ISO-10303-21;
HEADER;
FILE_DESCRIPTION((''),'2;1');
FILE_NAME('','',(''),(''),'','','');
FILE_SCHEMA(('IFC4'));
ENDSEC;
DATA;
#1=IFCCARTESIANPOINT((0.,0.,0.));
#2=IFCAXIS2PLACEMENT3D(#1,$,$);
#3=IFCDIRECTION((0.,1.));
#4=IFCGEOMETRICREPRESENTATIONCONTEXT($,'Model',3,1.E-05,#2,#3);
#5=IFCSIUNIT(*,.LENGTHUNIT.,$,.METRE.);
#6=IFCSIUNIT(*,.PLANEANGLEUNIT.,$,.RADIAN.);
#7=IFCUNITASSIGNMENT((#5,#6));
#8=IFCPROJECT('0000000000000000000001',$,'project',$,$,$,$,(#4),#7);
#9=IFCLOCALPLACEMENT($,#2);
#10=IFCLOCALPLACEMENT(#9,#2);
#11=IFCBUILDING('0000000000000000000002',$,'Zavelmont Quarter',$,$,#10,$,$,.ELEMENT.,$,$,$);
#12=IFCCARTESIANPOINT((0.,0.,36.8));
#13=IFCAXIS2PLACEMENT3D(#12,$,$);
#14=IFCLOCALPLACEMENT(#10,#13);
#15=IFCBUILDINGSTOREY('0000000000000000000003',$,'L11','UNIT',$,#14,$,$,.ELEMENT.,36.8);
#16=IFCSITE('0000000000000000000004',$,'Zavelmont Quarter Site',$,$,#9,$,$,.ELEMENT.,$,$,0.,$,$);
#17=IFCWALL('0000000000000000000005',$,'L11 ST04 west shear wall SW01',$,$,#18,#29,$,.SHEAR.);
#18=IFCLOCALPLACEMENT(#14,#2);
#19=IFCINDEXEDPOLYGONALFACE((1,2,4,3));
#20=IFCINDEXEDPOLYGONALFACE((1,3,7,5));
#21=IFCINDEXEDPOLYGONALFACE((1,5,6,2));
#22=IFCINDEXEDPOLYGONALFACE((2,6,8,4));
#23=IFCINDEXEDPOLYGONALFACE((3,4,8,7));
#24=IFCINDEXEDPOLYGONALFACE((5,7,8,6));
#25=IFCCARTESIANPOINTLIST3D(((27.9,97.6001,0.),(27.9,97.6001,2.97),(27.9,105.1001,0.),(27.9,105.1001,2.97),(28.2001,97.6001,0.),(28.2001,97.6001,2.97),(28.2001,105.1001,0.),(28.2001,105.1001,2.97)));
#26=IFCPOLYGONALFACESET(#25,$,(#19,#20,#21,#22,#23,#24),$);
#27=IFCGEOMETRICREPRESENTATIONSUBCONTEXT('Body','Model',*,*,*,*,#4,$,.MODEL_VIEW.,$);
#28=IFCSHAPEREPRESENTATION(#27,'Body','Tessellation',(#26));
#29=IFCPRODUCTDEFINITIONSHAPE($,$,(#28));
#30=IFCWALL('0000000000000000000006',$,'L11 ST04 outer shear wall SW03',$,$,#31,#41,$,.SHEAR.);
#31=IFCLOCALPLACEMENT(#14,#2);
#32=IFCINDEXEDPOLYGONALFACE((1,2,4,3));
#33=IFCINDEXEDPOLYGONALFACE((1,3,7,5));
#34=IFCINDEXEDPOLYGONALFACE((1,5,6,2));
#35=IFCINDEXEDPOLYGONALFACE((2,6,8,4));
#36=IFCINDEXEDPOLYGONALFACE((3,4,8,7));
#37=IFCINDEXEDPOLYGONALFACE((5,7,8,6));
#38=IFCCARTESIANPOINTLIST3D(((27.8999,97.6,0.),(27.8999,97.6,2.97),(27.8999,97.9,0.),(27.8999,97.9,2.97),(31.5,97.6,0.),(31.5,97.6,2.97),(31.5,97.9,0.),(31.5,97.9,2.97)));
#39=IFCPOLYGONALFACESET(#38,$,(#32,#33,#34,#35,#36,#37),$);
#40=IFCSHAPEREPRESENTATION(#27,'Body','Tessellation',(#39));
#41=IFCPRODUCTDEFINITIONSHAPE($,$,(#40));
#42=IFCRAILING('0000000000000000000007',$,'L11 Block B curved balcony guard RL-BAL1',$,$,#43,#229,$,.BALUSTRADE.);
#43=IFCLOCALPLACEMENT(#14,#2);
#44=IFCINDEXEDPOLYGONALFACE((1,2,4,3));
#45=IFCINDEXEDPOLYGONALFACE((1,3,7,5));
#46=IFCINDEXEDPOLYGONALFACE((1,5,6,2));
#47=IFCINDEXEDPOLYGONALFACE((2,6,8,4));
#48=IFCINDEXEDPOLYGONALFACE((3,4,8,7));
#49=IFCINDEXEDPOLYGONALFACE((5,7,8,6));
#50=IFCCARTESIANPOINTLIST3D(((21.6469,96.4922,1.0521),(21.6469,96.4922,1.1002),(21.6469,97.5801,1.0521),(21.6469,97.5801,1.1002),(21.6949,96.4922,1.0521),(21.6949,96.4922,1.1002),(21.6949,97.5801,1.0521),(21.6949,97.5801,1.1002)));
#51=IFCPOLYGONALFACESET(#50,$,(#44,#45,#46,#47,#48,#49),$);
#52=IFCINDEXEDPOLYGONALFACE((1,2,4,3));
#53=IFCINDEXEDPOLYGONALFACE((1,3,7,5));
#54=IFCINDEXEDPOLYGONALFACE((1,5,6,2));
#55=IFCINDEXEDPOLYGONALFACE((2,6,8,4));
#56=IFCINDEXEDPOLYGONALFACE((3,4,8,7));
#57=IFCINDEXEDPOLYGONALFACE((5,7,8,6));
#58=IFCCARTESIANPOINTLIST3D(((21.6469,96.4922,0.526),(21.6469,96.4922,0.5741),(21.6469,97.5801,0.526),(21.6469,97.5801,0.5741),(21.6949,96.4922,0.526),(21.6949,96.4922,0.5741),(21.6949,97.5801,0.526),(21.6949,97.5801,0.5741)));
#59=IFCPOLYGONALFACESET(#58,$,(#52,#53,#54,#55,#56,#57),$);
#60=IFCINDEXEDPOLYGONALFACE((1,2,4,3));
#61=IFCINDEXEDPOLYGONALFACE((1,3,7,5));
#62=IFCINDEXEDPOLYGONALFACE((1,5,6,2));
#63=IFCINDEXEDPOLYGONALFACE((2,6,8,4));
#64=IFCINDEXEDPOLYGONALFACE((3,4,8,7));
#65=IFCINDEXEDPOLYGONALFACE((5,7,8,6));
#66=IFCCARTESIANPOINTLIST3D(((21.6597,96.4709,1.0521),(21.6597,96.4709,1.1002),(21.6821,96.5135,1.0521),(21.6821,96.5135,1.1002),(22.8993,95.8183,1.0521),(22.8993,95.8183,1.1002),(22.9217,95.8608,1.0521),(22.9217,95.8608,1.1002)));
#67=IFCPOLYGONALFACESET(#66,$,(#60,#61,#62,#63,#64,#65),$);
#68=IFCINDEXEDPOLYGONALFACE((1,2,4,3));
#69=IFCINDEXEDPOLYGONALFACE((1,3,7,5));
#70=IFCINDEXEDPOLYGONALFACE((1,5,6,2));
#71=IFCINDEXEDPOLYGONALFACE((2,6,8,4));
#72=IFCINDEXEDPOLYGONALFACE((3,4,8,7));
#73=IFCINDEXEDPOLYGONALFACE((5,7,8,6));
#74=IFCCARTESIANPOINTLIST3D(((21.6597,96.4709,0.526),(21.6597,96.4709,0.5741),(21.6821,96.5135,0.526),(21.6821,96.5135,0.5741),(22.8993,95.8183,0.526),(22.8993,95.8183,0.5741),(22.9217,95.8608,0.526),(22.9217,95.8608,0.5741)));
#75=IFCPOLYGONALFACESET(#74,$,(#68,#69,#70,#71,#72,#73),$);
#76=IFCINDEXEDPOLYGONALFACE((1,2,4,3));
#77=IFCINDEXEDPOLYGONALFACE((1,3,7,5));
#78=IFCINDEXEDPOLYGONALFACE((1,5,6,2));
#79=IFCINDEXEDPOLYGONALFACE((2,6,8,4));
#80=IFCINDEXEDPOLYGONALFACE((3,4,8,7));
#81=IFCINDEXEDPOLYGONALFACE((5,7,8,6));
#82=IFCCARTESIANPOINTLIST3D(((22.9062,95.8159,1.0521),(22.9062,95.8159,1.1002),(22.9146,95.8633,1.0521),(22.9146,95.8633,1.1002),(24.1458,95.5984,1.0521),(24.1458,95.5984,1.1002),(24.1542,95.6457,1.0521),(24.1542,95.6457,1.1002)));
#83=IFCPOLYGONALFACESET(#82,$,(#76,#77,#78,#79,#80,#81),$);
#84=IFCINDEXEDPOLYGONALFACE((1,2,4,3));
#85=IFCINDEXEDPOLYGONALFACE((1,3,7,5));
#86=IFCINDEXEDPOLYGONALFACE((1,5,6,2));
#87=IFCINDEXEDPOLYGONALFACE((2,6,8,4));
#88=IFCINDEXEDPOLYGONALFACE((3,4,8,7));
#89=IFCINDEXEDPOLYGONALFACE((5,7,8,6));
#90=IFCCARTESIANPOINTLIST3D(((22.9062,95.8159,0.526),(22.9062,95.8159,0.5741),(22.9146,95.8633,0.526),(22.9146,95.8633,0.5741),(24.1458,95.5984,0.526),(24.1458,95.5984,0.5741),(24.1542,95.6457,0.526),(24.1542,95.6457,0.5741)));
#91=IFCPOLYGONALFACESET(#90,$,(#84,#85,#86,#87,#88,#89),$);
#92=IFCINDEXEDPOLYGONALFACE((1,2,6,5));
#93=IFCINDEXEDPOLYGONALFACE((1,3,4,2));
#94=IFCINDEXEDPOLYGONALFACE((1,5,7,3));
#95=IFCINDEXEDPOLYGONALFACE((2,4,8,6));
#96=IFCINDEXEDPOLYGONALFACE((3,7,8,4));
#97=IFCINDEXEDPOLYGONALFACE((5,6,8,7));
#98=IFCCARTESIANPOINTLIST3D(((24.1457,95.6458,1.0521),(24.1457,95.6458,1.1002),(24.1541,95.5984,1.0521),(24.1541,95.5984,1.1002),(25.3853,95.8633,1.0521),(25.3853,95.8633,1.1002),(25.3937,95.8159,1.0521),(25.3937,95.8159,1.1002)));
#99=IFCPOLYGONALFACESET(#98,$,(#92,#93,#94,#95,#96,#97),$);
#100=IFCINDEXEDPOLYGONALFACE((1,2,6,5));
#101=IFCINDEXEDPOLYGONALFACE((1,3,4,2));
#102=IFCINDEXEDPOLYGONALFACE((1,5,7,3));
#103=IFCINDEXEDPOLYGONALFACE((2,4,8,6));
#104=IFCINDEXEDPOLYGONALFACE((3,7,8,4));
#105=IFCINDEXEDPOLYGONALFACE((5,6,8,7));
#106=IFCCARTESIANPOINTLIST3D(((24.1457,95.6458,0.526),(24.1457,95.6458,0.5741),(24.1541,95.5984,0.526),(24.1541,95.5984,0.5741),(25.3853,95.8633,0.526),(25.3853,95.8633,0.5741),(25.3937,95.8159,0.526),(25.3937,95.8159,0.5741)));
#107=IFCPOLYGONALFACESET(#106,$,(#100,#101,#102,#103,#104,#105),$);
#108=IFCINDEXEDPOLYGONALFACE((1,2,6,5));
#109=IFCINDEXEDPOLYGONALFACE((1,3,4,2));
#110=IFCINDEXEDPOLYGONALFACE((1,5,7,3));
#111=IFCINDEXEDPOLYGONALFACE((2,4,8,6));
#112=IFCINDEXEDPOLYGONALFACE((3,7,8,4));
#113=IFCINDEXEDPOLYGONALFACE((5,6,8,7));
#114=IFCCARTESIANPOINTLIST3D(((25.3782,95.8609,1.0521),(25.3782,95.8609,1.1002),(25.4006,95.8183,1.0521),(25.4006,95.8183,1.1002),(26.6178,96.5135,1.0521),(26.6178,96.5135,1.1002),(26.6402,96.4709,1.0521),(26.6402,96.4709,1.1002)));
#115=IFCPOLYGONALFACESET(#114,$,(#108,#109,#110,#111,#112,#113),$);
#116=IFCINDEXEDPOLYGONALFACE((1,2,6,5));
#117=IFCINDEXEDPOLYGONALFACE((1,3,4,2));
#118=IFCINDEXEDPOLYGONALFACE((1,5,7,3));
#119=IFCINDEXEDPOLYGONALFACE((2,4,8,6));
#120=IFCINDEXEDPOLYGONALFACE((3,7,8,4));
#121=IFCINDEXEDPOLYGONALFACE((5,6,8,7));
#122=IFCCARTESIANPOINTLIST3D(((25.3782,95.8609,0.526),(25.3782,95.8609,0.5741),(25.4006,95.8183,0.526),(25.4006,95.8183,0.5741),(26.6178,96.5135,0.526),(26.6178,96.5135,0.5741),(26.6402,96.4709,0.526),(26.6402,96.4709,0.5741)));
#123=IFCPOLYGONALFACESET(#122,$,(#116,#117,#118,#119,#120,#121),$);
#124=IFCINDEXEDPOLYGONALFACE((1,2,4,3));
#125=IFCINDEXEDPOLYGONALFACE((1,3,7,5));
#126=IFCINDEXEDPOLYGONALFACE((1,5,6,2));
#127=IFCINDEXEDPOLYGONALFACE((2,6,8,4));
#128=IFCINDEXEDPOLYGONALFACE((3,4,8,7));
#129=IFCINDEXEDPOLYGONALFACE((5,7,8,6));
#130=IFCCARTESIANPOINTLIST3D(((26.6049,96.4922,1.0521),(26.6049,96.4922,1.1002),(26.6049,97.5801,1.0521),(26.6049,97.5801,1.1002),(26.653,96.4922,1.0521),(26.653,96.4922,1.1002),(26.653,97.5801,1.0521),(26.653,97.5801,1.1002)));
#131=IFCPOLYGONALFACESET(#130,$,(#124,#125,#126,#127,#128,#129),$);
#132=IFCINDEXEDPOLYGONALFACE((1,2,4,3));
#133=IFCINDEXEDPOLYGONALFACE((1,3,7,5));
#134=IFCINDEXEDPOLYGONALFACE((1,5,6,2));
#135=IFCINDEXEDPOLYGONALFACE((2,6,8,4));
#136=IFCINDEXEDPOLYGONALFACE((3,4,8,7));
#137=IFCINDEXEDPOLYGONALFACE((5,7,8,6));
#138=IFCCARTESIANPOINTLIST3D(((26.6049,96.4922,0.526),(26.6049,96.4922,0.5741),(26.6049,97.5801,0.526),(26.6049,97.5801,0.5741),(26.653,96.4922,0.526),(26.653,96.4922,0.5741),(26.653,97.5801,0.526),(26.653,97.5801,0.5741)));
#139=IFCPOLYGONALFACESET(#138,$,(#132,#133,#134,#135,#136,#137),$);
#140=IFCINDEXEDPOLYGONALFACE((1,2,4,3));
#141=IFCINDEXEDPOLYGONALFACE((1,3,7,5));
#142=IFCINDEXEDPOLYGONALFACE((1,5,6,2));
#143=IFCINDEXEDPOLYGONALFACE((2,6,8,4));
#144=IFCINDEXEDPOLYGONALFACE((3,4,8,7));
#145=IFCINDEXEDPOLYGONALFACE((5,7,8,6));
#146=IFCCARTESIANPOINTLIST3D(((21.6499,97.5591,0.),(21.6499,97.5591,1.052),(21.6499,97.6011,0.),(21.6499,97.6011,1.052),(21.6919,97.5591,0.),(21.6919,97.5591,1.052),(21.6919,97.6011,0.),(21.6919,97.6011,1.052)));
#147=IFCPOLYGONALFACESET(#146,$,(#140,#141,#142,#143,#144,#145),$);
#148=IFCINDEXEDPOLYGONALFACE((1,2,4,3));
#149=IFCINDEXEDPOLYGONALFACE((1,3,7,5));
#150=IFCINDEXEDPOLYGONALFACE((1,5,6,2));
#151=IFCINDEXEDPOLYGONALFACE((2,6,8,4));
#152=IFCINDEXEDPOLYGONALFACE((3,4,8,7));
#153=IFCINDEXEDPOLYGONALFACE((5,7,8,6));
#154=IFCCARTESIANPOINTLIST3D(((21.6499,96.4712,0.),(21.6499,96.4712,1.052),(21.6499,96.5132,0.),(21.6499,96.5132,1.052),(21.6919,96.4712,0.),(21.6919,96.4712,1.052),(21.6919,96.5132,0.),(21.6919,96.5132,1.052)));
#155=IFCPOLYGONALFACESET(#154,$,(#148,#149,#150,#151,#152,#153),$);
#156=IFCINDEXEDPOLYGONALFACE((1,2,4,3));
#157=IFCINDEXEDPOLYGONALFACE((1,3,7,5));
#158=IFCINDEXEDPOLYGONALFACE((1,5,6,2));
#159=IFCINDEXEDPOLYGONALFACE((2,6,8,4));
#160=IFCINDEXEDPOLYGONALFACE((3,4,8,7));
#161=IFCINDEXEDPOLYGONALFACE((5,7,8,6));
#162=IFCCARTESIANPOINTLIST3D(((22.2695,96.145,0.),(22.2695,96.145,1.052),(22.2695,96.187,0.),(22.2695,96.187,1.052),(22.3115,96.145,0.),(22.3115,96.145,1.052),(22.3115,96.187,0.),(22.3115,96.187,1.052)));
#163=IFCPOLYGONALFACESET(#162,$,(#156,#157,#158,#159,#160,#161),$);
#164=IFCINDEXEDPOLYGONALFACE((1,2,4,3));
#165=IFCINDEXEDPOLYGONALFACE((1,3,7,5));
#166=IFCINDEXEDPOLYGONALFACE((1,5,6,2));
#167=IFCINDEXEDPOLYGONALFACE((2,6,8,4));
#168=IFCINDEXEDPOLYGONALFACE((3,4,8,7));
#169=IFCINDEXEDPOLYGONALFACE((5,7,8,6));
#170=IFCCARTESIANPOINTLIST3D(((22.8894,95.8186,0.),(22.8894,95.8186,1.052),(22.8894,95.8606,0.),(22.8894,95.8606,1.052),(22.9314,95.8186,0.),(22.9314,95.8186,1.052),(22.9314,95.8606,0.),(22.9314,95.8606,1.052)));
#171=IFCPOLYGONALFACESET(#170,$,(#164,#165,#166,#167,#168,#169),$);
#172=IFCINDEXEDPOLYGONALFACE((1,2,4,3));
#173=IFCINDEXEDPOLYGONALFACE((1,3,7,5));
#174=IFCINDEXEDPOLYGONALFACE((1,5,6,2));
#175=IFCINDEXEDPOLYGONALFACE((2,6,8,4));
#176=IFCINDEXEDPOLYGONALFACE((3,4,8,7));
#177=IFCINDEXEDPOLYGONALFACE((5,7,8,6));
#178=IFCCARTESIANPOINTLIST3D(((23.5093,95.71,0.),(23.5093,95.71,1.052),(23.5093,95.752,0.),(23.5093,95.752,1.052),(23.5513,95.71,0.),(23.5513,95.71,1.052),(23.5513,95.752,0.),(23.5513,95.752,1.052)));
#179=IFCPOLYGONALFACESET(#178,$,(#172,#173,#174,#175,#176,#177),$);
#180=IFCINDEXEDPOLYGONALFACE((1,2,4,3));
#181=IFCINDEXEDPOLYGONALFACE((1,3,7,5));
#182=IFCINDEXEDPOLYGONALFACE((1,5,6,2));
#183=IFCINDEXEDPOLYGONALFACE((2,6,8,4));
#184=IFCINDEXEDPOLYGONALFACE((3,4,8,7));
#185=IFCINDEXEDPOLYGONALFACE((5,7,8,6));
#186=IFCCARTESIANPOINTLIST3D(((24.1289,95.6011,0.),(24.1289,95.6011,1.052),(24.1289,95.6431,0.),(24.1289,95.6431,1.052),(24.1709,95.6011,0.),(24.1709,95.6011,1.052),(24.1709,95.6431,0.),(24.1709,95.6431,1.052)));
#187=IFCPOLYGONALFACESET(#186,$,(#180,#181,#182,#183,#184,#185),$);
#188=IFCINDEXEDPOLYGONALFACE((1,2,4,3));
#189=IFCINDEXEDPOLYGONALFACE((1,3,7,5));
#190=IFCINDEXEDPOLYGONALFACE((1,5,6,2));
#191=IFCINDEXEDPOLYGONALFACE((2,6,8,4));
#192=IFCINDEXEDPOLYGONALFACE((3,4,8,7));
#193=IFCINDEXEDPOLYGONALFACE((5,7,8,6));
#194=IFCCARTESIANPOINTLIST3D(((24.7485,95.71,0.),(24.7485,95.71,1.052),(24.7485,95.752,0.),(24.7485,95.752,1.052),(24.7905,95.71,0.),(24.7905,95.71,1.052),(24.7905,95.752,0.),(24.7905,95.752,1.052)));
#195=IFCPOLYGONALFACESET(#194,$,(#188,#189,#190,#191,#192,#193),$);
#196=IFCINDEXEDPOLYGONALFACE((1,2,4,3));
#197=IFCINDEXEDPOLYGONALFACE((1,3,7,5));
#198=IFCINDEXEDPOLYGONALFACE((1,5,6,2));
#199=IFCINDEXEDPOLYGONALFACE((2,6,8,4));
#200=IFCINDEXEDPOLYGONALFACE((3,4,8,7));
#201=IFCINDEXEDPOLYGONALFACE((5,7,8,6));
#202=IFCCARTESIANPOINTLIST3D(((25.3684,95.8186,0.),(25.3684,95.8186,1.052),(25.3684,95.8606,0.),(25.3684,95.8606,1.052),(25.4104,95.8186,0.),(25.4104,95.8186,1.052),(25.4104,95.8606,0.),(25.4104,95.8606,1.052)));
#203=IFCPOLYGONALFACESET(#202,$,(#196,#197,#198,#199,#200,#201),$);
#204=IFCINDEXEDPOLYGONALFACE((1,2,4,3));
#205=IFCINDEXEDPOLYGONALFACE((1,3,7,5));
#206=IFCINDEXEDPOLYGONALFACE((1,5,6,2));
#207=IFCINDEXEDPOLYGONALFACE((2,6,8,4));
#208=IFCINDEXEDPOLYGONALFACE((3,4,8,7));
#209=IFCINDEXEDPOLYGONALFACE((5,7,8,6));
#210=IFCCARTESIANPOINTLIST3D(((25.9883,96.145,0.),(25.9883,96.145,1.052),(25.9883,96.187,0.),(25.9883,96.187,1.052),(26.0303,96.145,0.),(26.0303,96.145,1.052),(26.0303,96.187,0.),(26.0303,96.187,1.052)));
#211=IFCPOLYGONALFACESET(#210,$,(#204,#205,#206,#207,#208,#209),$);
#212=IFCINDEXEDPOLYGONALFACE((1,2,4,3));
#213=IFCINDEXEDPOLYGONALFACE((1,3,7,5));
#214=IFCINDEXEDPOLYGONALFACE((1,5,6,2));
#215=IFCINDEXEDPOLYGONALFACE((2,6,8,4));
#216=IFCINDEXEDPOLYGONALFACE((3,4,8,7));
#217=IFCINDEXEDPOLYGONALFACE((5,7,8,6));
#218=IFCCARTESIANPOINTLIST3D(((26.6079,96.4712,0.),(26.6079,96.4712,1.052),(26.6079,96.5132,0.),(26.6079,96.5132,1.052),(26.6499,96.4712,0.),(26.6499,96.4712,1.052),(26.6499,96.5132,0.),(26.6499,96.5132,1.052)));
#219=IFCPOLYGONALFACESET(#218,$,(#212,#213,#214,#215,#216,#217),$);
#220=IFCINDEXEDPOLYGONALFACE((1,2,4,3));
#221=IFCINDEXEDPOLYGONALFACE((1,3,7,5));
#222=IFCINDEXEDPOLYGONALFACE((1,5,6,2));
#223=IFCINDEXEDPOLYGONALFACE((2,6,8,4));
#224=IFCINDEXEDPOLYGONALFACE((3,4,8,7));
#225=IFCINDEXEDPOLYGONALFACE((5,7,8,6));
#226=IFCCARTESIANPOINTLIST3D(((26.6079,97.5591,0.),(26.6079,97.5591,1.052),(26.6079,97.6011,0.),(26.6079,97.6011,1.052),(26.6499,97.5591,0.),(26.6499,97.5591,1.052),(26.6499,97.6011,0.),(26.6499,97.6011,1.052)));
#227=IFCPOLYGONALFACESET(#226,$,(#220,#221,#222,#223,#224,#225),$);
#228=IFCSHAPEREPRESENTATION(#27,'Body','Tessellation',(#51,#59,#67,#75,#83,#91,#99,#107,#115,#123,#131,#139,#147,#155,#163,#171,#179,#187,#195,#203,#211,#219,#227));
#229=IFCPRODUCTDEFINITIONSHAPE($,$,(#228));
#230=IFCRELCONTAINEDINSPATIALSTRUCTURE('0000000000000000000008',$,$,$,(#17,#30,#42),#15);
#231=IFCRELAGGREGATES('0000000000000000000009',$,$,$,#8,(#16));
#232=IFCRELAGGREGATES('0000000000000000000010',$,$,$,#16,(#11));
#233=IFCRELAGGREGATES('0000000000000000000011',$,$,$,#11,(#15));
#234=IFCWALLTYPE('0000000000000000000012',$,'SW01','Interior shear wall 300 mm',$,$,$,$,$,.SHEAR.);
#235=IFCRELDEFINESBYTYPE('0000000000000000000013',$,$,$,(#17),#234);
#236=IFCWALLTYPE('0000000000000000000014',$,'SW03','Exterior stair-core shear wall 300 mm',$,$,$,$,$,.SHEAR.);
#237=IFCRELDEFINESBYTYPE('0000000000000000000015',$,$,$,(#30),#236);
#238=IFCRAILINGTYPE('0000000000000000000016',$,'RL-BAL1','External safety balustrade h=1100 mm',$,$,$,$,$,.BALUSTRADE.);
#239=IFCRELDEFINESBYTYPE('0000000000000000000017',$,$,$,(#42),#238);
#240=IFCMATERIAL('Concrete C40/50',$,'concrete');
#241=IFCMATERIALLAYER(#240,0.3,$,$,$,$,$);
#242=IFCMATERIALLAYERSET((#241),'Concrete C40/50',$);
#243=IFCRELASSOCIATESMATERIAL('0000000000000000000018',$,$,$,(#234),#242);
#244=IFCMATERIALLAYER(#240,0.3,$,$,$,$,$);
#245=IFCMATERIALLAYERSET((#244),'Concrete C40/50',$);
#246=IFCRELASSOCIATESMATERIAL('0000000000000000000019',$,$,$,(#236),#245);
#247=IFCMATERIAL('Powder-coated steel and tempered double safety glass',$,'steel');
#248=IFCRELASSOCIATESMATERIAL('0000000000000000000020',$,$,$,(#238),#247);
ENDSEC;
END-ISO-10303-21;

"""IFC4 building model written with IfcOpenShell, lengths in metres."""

from ifc_helpers import new_model, si_unit, direction, frame, frame_2d, origin, origin_2d, place, context, subcontext, project, spatial, rectangle, extrude, material, layer, layer_set, type_object, element, save


model = new_model("IFC4")

# Units and contexts
model_context = context("Model", 3, precision=1e-05, world=origin(), true_north=direction((0.0, 1.0)))
body_context = subcontext(model_context, "Body", "Model", "MODEL_VIEW")
ifc_project = project(units=[si_unit("LENGTHUNIT", "METRE"), si_unit("PLANEANGLEUNIT", "RADIAN")], contexts=[model_context])

# Site, building, storey
site_placement = place(None, origin())
site = spatial("IfcSite", under=ifc_project, at=site_placement, Name="Zavelmont Quarter Site", CompositionType="ELEMENT", RefElevation=0.0)
building_placement = place(site_placement, origin())
building = spatial("IfcBuilding", under=site, at=building_placement, Name="Zavelmont Quarter", CompositionType="ELEMENT")
storey_placement = place(building_placement, frame((0.0, 0.0, 36.8)))
storey = spatial("IfcBuildingStorey", under=building, at=storey_placement, Name="L11", Description="UNIT", CompositionType="ELEMENT", Elevation=36.8)

# Wall
ifc_material_1 = material(Name="Concrete C40/50", Category="concrete")
ifc_layer_1 = layer(ifc_material_1, 0.3)
ifc_layer_set_1 = layer_set([ifc_layer_1], Name="Concrete C40/50")
wall_type_1 = type_object("IfcWallType", Name="SW01", Description="Interior shear wall 300 mm", PredefinedType="SHEAR", material=ifc_layer_set_1)
wall_1_placement = place(storey_placement, frame((28.05, 97.6001, 0.0), z_axis=(0.0, 0.0, 1.0), x_axis=(0.0, 1.0, 0.0)))
element("IfcWall", 1, at=wall_1_placement, inside=storey, type_object=wall_type_1, Name="L11 ST04 west shear wall SW01", PredefinedType="SHEAR", context=body_context, shape_type="SweptSolid", body=[
    extrude(rectangle(XDim=7.5, YDim=0.3, at=frame_2d((3.75, 0.0))), origin(), (0.0, 0.0, 1.0), 2.97),
])

# Wall
ifc_layer_2 = layer(ifc_material_1, 0.3)
ifc_layer_set_2 = layer_set([ifc_layer_2], Name="Concrete C40/50")
wall_type_2 = type_object("IfcWallType", Name="SW03", Description="Exterior stair-core shear wall 300 mm", PredefinedType="SHEAR", material=ifc_layer_set_2)
wall_2_placement = place(storey_placement, frame((27.8999, 97.75, 0.0), z_axis=(0.0, 0.0, 1.0), x_axis=(1.0, 0.0, 0.0)))
element("IfcWall", 2, at=wall_2_placement, inside=storey, type_object=wall_type_2, Name="L11 ST04 outer shear wall SW03", PredefinedType="SHEAR", context=body_context, shape_type="SweptSolid", body=[
    extrude(rectangle(XDim=3.6001, YDim=0.3, at=frame_2d((1.8, 0.0))), origin(), (0.0, 0.0, 1.0), 2.97),
])

# Railing
ifc_material_2 = material(Name="Powder-coated steel and tempered double safety glass", Category="steel")
railing_type = type_object("IfcRailingType", Name="RL-BAL1", Description="External safety balustrade h=1100 mm", PredefinedType="BALUSTRADE", material=ifc_material_2)
railing_placement = place(storey_placement, frame((21.6709, 97.5801, 0.0)))
element("IfcRailing", 3, at=railing_placement, inside=storey, type_object=railing_type, Name="L11 Block B curved balcony guard RL-BAL1", PredefinedType="BALUSTRADE", context=body_context, shape_type="SweptSolid", body=[
    extrude(rectangle(XDim=0.0481, YDim=0.0481, at=origin_2d()), frame((0.0, 0.0, 1.0762), z_axis=(0.0, -1.0, 0.0), x_axis=(1.0, 0.0, 0.0)), (0.0, 0.0, 1.0), 1.0879),
    extrude(rectangle(XDim=0.0481, YDim=0.0481, at=origin_2d()), frame((0.0, 0.0, 0.55), z_axis=(0.0, -1.0, 0.0), x_axis=(1.0, 0.0, 0.0)), (0.0, 0.0, 1.0), 1.0879),
    extrude(rectangle(XDim=0.0481, YDim=0.0481, at=origin_2d()), frame((0.0, -1.0879, 1.0762), z_axis=(0.884854, -0.465869, 0.0), x_axis=(0.465869, 0.884854, 0.0)), (0.0, 0.0, 1.0), 1.4009),
    extrude(rectangle(XDim=0.0481, YDim=0.0481, at=origin_2d()), frame((0.0, -1.0879, 0.55), z_axis=(0.884854, -0.465869, 0.0), x_axis=(0.465869, 0.884854, 0.0)), (0.0, 0.0, 1.0), 1.4009),
    extrude(rectangle(XDim=0.0481, YDim=0.0481, at=origin_2d()), frame((1.2395, -1.7405, 1.0762), z_axis=(0.984947, -0.172856, 0.0), x_axis=(0.172856, 0.984947, 0.0)), (0.0, 0.0, 1.0), 1.2585),
    extrude(rectangle(XDim=0.0481, YDim=0.0481, at=origin_2d()), frame((1.2395, -1.7405, 0.55), z_axis=(0.984947, -0.172856, 0.0), x_axis=(0.172856, 0.984947, 0.0)), (0.0, 0.0, 1.0), 1.2585),
    extrude(rectangle(XDim=0.0481, YDim=0.0481, at=origin_2d()), frame((2.479, -1.958, 1.0762), z_axis=(0.984947, 0.172856, 0.0), x_axis=(-0.172856, 0.984947, 0.0)), (0.0, 0.0, 1.0), 1.2585),
    extrude(rectangle(XDim=0.0481, YDim=0.0481, at=origin_2d()), frame((2.479, -1.958, 0.55), z_axis=(0.984947, 0.172856, 0.0), x_axis=(-0.172856, 0.984947, 0.0)), (0.0, 0.0, 1.0), 1.2585),
    extrude(rectangle(XDim=0.0481, YDim=0.0481, at=origin_2d()), frame((3.7185, -1.7405, 1.0762), z_axis=(0.884854, 0.465869, 0.0), x_axis=(-0.465869, 0.884854, 0.0)), (0.0, 0.0, 1.0), 1.4009),
    extrude(rectangle(XDim=0.0481, YDim=0.0481, at=origin_2d()), frame((3.7185, -1.7405, 0.55), z_axis=(0.884854, 0.465869, 0.0), x_axis=(-0.465869, 0.884854, 0.0)), (0.0, 0.0, 1.0), 1.4009),
    extrude(rectangle(XDim=0.0481, YDim=0.0481, at=origin_2d()), frame((4.958, -1.0879, 1.0762), z_axis=(0.0, 1.0, 0.0), x_axis=(-1.0, 0.0, 0.0)), (0.0, 0.0, 1.0), 1.0879),
    extrude(rectangle(XDim=0.0481, YDim=0.0481, at=origin_2d()), frame((4.958, -1.0879, 0.55), z_axis=(0.0, 1.0, 0.0), x_axis=(-1.0, 0.0, 0.0)), (0.0, 0.0, 1.0), 1.0879),
    extrude(rectangle(XDim=0.042, YDim=0.042, at=origin_2d()), origin(), (0.0, 0.0, 1.0), 1.052),
    extrude(rectangle(XDim=0.042, YDim=0.042, at=origin_2d()), frame((0.0, -1.0879, 0.0)), (0.0, 0.0, 1.0), 1.052),
    extrude(rectangle(XDim=0.042, YDim=0.042, at=origin_2d()), frame((0.6196, -1.4141, 0.0)), (0.0, 0.0, 1.0), 1.052),
    extrude(rectangle(XDim=0.042, YDim=0.042, at=origin_2d()), frame((1.2395, -1.7405, 0.0)), (0.0, 0.0, 1.0), 1.052),
    extrude(rectangle(XDim=0.042, YDim=0.042, at=origin_2d()), frame((1.8594, -1.8491, 0.0)), (0.0, 0.0, 1.0), 1.052),
    extrude(rectangle(XDim=0.042, YDim=0.042, at=origin_2d()), frame((2.479, -1.958, 0.0)), (0.0, 0.0, 1.0), 1.052),
    extrude(rectangle(XDim=0.042, YDim=0.042, at=origin_2d()), frame((3.0986, -1.8491, 0.0)), (0.0, 0.0, 1.0), 1.052),
    extrude(rectangle(XDim=0.042, YDim=0.042, at=origin_2d()), frame((3.7185, -1.7405, 0.0)), (0.0, 0.0, 1.0), 1.052),
    extrude(rectangle(XDim=0.042, YDim=0.042, at=origin_2d()), frame((4.3384, -1.4141, 0.0)), (0.0, 0.0, 1.0), 1.052),
    extrude(rectangle(XDim=0.042, YDim=0.042, at=origin_2d()), frame((4.958, -1.0879, 0.0)), (0.0, 0.0, 1.0), 1.052),
    extrude(rectangle(XDim=0.042, YDim=0.042, at=origin_2d()), frame((4.958, 0.0, 0.0)), (0.0, 0.0, 1.0), 1.052),
])

save(model, "model.ifc")
